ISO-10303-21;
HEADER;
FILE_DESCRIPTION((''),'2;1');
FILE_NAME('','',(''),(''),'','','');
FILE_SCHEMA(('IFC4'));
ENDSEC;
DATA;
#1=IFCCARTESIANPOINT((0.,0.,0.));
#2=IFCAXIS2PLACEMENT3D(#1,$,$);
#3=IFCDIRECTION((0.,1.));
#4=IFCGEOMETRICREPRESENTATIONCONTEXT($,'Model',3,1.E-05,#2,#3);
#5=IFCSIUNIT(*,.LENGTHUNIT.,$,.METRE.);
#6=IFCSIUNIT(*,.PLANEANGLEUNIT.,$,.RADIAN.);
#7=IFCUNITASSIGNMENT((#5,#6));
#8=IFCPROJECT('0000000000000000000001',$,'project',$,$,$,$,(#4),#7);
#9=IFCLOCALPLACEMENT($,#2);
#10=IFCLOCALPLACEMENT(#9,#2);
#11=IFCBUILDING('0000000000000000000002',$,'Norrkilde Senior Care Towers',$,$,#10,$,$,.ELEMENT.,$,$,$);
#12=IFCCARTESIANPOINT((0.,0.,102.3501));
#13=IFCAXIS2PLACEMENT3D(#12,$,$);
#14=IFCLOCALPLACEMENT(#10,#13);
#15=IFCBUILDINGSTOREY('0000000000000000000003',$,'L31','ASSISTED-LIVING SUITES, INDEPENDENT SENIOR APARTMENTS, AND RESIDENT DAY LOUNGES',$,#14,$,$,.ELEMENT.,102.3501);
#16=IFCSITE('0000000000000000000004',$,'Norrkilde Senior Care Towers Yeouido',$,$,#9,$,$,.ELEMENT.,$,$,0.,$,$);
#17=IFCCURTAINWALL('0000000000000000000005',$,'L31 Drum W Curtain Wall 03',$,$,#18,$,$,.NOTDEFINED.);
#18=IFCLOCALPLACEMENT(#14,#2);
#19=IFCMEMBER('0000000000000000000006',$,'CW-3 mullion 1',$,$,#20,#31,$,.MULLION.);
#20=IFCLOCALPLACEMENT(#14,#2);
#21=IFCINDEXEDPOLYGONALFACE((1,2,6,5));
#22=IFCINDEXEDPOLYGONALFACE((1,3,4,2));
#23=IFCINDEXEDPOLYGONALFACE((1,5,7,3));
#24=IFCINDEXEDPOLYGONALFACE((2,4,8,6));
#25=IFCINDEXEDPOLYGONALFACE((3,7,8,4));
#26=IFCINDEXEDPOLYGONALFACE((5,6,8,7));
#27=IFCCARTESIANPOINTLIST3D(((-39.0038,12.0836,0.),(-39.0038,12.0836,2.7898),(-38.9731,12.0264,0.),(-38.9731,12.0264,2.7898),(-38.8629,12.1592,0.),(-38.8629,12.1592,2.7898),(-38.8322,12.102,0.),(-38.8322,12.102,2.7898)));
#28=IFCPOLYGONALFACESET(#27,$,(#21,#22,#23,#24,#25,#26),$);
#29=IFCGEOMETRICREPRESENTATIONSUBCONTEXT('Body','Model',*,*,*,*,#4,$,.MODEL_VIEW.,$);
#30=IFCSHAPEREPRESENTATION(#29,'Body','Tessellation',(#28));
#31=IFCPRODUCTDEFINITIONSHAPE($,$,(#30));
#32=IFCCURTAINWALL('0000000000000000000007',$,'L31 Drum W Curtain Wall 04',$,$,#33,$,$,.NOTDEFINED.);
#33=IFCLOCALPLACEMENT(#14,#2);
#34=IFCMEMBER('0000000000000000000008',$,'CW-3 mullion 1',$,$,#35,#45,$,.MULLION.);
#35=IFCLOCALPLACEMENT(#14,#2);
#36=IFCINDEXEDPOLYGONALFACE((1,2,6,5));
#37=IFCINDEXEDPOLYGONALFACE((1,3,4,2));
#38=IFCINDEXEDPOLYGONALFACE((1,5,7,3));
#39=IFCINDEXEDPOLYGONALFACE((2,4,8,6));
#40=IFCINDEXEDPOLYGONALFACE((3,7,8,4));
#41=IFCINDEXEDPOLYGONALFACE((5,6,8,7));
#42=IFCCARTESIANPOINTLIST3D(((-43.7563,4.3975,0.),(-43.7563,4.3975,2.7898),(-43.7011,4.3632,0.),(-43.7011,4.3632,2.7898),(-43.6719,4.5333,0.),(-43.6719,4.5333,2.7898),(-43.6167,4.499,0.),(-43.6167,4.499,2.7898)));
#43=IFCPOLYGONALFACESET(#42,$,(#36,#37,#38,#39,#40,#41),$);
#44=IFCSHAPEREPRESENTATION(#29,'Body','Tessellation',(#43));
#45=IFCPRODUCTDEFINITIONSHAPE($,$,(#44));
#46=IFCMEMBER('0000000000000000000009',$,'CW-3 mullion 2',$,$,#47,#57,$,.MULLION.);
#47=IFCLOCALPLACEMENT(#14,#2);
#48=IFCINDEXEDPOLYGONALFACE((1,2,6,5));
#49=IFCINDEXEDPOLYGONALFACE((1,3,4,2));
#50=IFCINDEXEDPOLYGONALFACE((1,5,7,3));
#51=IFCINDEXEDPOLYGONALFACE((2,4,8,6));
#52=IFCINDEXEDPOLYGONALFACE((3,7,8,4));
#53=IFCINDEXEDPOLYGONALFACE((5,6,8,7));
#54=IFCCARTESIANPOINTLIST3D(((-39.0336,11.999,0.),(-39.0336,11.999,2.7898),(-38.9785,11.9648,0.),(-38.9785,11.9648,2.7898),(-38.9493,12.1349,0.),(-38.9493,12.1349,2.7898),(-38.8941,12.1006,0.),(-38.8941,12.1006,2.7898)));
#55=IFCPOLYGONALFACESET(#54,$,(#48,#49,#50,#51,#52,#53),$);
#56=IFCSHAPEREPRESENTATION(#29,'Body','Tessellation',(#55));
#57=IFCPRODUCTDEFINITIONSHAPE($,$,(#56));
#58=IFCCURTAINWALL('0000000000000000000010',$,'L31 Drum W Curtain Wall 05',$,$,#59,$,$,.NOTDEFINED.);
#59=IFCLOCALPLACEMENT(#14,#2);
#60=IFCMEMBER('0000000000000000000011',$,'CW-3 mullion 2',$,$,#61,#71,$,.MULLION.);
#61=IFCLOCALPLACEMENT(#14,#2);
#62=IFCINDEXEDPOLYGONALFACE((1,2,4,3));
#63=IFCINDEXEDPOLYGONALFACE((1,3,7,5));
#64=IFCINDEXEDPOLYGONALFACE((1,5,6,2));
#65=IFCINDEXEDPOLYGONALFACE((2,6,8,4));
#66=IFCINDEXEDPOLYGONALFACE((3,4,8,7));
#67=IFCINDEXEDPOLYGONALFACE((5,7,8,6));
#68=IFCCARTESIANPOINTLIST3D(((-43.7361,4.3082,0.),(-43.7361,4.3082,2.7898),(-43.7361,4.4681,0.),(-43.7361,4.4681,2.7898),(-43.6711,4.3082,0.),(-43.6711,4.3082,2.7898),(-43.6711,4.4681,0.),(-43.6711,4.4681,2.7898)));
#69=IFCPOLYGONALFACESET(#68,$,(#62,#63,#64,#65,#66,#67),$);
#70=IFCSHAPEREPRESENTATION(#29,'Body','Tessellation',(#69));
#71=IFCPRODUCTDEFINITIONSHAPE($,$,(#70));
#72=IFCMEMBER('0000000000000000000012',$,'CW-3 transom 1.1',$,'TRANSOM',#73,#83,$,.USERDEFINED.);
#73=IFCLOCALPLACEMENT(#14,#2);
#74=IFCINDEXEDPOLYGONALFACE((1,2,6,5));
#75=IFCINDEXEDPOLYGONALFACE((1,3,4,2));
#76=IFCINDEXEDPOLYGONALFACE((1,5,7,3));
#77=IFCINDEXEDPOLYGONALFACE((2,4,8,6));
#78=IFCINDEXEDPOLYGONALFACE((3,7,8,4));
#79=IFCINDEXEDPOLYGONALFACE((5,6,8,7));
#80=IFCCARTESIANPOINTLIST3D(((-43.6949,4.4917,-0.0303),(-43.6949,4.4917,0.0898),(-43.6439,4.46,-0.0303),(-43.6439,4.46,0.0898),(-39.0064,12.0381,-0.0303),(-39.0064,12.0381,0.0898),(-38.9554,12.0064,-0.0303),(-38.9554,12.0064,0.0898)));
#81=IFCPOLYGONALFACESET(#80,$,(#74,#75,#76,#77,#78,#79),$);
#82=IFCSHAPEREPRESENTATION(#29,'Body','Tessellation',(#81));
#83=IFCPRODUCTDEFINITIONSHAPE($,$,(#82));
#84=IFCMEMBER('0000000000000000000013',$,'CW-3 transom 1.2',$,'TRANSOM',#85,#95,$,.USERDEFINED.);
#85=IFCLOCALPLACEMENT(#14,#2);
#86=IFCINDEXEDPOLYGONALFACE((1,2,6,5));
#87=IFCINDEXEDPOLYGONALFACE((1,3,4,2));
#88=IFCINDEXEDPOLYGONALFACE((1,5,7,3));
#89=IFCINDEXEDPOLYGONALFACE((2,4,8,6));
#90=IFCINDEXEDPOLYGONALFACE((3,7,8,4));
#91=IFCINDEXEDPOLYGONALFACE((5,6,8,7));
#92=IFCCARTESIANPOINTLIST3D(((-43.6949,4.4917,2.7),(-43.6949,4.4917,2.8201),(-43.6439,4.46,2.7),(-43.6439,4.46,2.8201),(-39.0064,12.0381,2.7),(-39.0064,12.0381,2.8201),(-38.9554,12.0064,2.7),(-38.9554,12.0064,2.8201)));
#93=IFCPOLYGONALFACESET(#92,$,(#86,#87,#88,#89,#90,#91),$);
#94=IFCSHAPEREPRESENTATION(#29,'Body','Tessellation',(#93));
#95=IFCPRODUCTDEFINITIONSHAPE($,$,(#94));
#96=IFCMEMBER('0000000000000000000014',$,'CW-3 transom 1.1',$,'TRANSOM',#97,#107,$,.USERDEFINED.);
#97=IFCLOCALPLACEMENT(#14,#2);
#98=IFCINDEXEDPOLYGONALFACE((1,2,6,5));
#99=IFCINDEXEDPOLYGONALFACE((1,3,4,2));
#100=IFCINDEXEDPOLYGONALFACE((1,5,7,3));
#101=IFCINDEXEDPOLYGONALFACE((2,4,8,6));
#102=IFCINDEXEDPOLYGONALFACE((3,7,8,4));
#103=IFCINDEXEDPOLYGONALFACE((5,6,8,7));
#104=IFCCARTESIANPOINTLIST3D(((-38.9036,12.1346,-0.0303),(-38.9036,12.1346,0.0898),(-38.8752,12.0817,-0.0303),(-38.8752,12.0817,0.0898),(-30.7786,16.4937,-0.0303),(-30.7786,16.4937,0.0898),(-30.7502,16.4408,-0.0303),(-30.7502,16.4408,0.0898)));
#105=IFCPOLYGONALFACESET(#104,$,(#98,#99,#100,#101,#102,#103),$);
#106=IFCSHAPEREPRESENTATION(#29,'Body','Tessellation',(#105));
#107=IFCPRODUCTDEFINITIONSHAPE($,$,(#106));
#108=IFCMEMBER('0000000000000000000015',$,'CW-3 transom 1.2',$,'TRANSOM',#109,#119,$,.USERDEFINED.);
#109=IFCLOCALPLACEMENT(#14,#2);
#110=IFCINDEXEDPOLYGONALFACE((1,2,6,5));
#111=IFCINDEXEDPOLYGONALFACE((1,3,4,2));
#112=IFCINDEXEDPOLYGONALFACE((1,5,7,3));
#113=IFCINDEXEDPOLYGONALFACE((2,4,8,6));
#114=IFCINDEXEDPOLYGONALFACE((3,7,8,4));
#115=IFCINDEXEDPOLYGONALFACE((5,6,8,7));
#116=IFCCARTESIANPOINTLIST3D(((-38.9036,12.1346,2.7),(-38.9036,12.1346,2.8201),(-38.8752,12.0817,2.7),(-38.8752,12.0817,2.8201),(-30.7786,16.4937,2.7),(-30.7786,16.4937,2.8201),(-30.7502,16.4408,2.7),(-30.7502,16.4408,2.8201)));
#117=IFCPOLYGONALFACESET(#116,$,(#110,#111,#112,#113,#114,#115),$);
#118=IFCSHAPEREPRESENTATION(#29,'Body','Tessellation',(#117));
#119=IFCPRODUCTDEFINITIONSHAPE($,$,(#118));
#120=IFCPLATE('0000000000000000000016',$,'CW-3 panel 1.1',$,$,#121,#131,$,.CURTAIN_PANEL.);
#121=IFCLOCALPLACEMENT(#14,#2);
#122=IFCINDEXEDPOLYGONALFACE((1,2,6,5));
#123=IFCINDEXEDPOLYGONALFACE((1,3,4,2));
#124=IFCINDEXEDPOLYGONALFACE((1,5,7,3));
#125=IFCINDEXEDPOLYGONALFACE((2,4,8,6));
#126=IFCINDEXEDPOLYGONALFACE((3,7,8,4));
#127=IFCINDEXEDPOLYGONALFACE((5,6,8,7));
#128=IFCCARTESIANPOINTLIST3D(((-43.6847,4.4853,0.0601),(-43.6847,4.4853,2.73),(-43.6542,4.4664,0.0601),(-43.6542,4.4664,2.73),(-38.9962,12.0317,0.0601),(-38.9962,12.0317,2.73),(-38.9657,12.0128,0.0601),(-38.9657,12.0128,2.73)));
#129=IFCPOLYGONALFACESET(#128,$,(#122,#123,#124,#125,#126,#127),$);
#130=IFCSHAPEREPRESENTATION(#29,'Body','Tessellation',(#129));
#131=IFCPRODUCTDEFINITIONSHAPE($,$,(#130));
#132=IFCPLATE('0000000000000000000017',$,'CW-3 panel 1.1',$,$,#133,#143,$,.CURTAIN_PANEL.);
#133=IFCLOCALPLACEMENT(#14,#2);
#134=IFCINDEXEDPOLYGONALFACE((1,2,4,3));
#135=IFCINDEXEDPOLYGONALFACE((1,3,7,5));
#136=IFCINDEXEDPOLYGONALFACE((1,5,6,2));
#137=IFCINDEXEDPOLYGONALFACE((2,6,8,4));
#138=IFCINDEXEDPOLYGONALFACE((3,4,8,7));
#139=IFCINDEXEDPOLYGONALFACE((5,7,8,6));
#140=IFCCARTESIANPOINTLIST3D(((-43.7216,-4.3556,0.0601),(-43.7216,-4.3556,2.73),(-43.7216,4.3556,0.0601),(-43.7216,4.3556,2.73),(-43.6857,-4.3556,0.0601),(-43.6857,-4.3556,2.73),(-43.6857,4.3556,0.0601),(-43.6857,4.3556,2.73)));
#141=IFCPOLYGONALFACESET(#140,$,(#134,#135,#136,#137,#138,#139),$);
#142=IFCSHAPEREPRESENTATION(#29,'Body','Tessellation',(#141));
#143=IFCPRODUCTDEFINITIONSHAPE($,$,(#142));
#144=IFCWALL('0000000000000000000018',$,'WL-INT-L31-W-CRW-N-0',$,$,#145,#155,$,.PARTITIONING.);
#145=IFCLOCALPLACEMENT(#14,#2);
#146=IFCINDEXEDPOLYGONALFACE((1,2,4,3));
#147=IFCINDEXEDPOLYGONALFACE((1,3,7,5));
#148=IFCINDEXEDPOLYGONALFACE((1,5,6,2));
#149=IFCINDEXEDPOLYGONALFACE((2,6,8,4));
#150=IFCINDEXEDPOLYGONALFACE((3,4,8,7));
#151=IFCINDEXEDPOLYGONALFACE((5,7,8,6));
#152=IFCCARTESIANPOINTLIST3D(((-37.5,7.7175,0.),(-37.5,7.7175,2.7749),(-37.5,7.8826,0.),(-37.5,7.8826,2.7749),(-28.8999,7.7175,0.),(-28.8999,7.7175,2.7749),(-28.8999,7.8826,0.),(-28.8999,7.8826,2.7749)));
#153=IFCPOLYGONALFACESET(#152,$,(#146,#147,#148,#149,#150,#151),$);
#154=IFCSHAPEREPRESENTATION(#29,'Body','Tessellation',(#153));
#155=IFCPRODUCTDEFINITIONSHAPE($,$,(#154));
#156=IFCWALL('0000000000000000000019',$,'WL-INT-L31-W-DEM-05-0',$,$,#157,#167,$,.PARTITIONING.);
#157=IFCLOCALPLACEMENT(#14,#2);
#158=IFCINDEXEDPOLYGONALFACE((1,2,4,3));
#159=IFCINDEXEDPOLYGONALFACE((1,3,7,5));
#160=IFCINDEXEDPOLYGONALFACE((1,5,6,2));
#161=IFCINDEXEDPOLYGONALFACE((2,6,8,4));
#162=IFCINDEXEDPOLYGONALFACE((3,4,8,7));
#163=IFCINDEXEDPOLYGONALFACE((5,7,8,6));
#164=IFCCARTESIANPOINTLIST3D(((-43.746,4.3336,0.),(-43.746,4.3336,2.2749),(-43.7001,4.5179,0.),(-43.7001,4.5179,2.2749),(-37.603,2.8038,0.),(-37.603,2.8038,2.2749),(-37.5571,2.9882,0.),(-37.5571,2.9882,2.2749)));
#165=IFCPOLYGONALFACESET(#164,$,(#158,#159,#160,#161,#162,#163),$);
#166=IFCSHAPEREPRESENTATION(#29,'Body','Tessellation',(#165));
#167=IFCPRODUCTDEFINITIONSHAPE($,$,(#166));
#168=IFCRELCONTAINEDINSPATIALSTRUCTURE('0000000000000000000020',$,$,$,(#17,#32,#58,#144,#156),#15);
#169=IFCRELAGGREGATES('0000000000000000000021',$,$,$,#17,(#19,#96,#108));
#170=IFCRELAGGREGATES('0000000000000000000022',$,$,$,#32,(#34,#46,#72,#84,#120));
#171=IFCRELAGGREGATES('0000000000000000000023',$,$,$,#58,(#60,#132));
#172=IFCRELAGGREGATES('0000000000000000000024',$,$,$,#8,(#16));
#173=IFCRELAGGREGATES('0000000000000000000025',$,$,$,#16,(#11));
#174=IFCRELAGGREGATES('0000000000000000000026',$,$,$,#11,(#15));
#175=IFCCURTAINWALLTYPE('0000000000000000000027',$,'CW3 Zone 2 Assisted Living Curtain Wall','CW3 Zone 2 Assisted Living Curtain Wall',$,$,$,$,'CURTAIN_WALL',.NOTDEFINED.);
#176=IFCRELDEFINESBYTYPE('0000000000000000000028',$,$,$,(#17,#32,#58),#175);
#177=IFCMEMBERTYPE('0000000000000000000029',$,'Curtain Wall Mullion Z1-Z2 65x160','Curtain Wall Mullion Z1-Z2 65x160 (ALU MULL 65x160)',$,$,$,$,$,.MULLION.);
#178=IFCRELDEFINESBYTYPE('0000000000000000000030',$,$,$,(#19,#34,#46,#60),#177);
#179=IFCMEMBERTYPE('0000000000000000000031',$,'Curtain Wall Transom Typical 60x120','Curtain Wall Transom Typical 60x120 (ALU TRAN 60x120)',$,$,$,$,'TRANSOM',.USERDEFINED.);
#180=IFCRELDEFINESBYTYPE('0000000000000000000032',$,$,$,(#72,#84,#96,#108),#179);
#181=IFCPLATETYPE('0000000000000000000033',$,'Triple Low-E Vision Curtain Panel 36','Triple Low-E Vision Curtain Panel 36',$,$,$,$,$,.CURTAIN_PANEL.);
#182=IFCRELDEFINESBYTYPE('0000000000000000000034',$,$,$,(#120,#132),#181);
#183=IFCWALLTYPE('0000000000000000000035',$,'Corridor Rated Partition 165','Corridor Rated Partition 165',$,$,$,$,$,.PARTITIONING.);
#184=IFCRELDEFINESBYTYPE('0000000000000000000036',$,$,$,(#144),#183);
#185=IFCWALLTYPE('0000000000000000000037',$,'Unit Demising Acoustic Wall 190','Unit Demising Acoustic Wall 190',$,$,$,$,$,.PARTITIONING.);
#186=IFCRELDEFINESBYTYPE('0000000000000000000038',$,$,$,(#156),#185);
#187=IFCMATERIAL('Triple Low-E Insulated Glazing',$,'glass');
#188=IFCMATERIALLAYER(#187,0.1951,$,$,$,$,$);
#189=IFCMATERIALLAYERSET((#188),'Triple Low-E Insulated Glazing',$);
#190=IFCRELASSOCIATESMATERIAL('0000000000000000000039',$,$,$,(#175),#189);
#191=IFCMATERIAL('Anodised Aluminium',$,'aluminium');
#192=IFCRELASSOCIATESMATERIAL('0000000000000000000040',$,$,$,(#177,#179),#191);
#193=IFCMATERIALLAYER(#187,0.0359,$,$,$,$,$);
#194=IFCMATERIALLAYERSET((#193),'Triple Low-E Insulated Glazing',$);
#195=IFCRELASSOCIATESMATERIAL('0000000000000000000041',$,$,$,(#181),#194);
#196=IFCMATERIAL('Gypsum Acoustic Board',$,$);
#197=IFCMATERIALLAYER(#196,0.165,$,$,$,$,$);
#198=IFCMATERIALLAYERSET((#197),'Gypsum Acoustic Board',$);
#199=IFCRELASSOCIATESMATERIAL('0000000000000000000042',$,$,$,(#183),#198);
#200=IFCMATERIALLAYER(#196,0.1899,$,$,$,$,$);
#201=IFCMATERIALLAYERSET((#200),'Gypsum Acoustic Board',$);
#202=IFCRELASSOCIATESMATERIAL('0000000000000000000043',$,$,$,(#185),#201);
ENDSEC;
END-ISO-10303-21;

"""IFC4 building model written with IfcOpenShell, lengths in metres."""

from ifc_helpers import new_model, si_unit, direction, frame, frame_2d, origin, origin_2d, place, context, subcontext, project, spatial, rectangle, extrude, source, transform, mapped, material, layer, layer_set, material_profile, profile_set, type_object, type_shapes, element, aggregate, save


model = new_model("IFC4")

# Units and contexts
model_context = context("Model", 3, precision=1e-05, world=origin(), true_north=direction((0.0, 1.0)))
body_context = subcontext(model_context, "Body", "Model", "MODEL_VIEW")
ifc_project = project(units=[si_unit("LENGTHUNIT", "METRE"), si_unit("PLANEANGLEUNIT", "RADIAN")], contexts=[model_context])

# Site, building, storey
site_placement = place(None, origin())
site = spatial("IfcSite", under=ifc_project, at=site_placement, Name="Norrkilde Senior Care Towers Yeouido", CompositionType="ELEMENT", RefElevation=0.0)
building_placement = place(site_placement, origin())
building = spatial("IfcBuilding", under=site, at=building_placement, Name="Norrkilde Senior Care Towers", CompositionType="ELEMENT")
storey_placement = place(building_placement, frame((0.0, 0.0, 102.3501)))
storey = spatial("IfcBuildingStorey", under=building, at=storey_placement, Name="L31", Description="ASSISTED-LIVING SUITES, INDEPENDENT SENIOR APARTMENTS, AND RESIDENT DAY LOUNGES", CompositionType="ELEMENT", Elevation=102.3501)

# Curtain wall, member
ifc_material_1 = material(Name="Triple Low-E Insulated Glazing", Category="glass")
ifc_layer_1 = layer(ifc_material_1, 0.1951)
ifc_layer_set_1 = layer_set([ifc_layer_1], Name="Triple Low-E Insulated Glazing")
curtain_wall_type = type_object("IfcCurtainWallType", Name="CW3 Zone 2 Assisted Living Curtain Wall", Description="CW3 Zone 2 Assisted Living Curtain Wall", ElementType="CURTAIN_WALL", PredefinedType="NOTDEFINED", material=ifc_layer_set_1)
curtain_wall_1_placement = place(storey_placement, origin())
curtain_wall_1 = element("IfcCurtainWall", 1, at=curtain_wall_1_placement, inside=storey, type_object=curtain_wall_type, Name="L31 Drum W Curtain Wall 03", PredefinedType="NOTDEFINED")
ifc_material_2 = material(Name="Anodised Aluminium", Category="aluminium")
ifc_material_profile_1 = material_profile(ifc_material_2, rectangle(XDim=0.0649, YDim=0.1599, at=origin_2d()), Name="ALU MULL 65x160")
ifc_profile_set_1 = profile_set([ifc_material_profile_1], Name="Anodised Aluminium")
member_type_1 = type_object("IfcMemberType", Name="Curtain Wall Mullion Z1-Z2 65x160", Description="Curtain Wall Mullion Z1-Z2 65x160 (ALU MULL 65x160)", PredefinedType="MULLION", material=ifc_profile_set_1)
shared_shape_1 = source(origin(), body_context, "Body", "SweptSolid", [
    extrude(rectangle(XDim=0.0649, YDim=0.1599, at=origin_2d()), origin(), (0.0, 0.0, 1.0), 2.7898),
])
type_shapes(member_type_1, [shared_shape_1])
member_1_placement = place(storey_placement, frame((-38.918, 12.0928, 0.0), z_axis=(0.0, 0.0, 1.0), x_axis=(-0.472769, 0.881186, 0.0)))
member_1 = element("IfcMember", 2, at=member_1_placement, type_object=member_type_1, Name="CW-3 mullion 1", PredefinedType="MULLION", context=body_context, shape_type="MappedRepresentation", body=[
    mapped(shared_shape_1, transform((0.0, 0.0, 0.0), x_axis=(1.0, 0.0, 0.0), y_axis=(0.0, 1.0, 0.0), z_axis=(0.0, 0.0, 1.0), scale=1.0)),
])

# Curtain wall, members
curtain_wall_2_placement = place(storey_placement, origin())
curtain_wall_2 = element("IfcCurtainWall", 3, at=curtain_wall_2_placement, inside=storey, type_object=curtain_wall_type, Name="L31 Drum W Curtain Wall 04", PredefinedType="NOTDEFINED")
member_2_placement = place(storey_placement, frame((-43.6865, 4.4482, 0.0), z_axis=(0.0, 0.0, 1.0), x_axis=(-0.84941, 0.527733, 0.0)))
member_2 = element("IfcMember", 4, at=member_2_placement, type_object=member_type_1, Name="CW-3 mullion 1", PredefinedType="MULLION", context=body_context, shape_type="MappedRepresentation", body=[
    mapped(shared_shape_1, transform((0.0, 0.0, 0.0), x_axis=(1.0, 0.0, 0.0), y_axis=(0.0, 1.0, 0.0), z_axis=(0.0, 0.0, 1.0), scale=1.0)),
])
member_3_placement = place(storey_placement, frame((-38.9639, 12.0498, 0.0), z_axis=(0.0, 0.0, 1.0), x_axis=(-0.84941, 0.527733, 0.0)))
member_3 = element("IfcMember", 5, at=member_3_placement, type_object=member_type_1, Name="CW-3 mullion 2", PredefinedType="MULLION", context=body_context, shape_type="MappedRepresentation", body=[
    mapped(shared_shape_1, transform((0.0, 0.0, 0.0), x_axis=(1.0, 0.0, 0.0), y_axis=(0.0, 1.0, 0.0), z_axis=(0.0, 0.0, 1.0), scale=1.0)),
])

# Curtain wall, member
curtain_wall_3_placement = place(storey_placement, origin())
curtain_wall_3 = element("IfcCurtainWall", 6, at=curtain_wall_3_placement, inside=storey, type_object=curtain_wall_type, Name="L31 Drum W Curtain Wall 05", PredefinedType="NOTDEFINED")
member_4_placement = place(storey_placement, frame((-43.7036, 4.3882, 0.0), z_axis=(0.0, 0.0, 1.0), x_axis=(-1.0, 0.0, 0.0)))
member_4 = element("IfcMember", 7, at=member_4_placement, type_object=member_type_1, Name="CW-3 mullion 2", PredefinedType="MULLION", context=body_context, shape_type="MappedRepresentation", body=[
    mapped(shared_shape_1, transform((0.0, 0.0, 0.0), x_axis=(1.0, 0.0, 0.0), y_axis=(0.0, 1.0, 0.0), z_axis=(0.0, 0.0, 1.0), scale=1.0)),
])

# Members
ifc_material_profile_2 = material_profile(ifc_material_2, rectangle(XDim=0.0601, YDim=0.1201, at=origin_2d()), Name="ALU TRAN 60x120")
ifc_profile_set_2 = profile_set([ifc_material_profile_2], Name="Anodised Aluminium")
member_type_2 = type_object("IfcMemberType", Name="Curtain Wall Transom Typical 60x120", Description="Curtain Wall Transom Typical 60x120 (ALU TRAN 60x120)", ElementType="TRANSOM", PredefinedType="USERDEFINED", material=ifc_profile_set_2)
shared_shape_2 = source(origin(), body_context, "Body", "SweptSolid", [
    extrude(rectangle(XDim=0.0601, YDim=0.1201, at=origin_2d()), origin(), (0.0, 0.0, 1.0), 8.8843),
])
member_5_placement = place(storey_placement, frame((-43.6694, 4.4758, 0.0298), z_axis=(0.527729, 0.849413, 0.0), x_axis=(-0.849413, 0.527729, 0.0)))
member_5 = element("IfcMember", 8, at=member_5_placement, type_object=member_type_2, Name="CW-3 transom 1.1", ObjectType="TRANSOM", PredefinedType="USERDEFINED", context=body_context, shape_type="MappedRepresentation", body=[
    mapped(shared_shape_2, transform((0.0, 0.0, 0.0), x_axis=(1.0, 0.0, 0.0), y_axis=(0.0, 1.0, 0.0), z_axis=(0.0, 0.0, 1.0), scale=1.0)),
])
member_6_placement = place(storey_placement, frame((-43.6694, 4.4758, 2.76), z_axis=(0.527729, 0.849413, 0.0), x_axis=(-0.849413, 0.527729, 0.0)))
member_6 = element("IfcMember", 9, at=member_6_placement, type_object=member_type_2, Name="CW-3 transom 1.2", ObjectType="TRANSOM", PredefinedType="USERDEFINED", context=body_context, shape_type="MappedRepresentation", body=[
    mapped(shared_shape_2, transform((0.0, 0.0, 0.0), x_axis=(1.0, 0.0, 0.0), y_axis=(0.0, 1.0, 0.0), z_axis=(0.0, 0.0, 1.0), scale=1.0)),
])
shared_shape_3 = source(origin(), body_context, "Body", "SweptSolid", [
    extrude(rectangle(XDim=0.0601, YDim=0.1201, at=origin_2d()), origin(), (0.0, 0.0, 1.0), 9.2205),
])
type_shapes(member_type_2, [shared_shape_2, shared_shape_3])
member_7_placement = place(storey_placement, frame((-38.8894, 12.1082, 0.0298), z_axis=(0.881189, 0.472765, 0.0), x_axis=(-0.472765, 0.881189, 0.0)))
member_7 = element("IfcMember", 10, at=member_7_placement, type_object=member_type_2, Name="CW-3 transom 1.1", ObjectType="TRANSOM", PredefinedType="USERDEFINED", context=body_context, shape_type="MappedRepresentation", body=[
    mapped(shared_shape_3, transform((0.0, 0.0, 0.0), x_axis=(1.0, 0.0, 0.0), y_axis=(0.0, 1.0, 0.0), z_axis=(0.0, 0.0, 1.0), scale=1.0)),
])
member_8_placement = place(storey_placement, frame((-38.8894, 12.1082, 2.76), z_axis=(0.881189, 0.472765, 0.0), x_axis=(-0.472765, 0.881189, 0.0)))
member_8 = element("IfcMember", 11, at=member_8_placement, type_object=member_type_2, Name="CW-3 transom 1.2", ObjectType="TRANSOM", PredefinedType="USERDEFINED", context=body_context, shape_type="MappedRepresentation", body=[
    mapped(shared_shape_3, transform((0.0, 0.0, 0.0), x_axis=(1.0, 0.0, 0.0), y_axis=(0.0, 1.0, 0.0), z_axis=(0.0, 0.0, 1.0), scale=1.0)),
])
aggregate(curtain_wall_1, [member_1, member_7, member_8])

# Plates
ifc_layer_2 = layer(ifc_material_1, 0.0359)
ifc_layer_set_2 = layer_set([ifc_layer_2], Name="Triple Low-E Insulated Glazing")
plate_type = type_object("IfcPlateType", Name="Triple Low-E Vision Curtain Panel 36", Description="Triple Low-E Vision Curtain Panel 36", PredefinedType="CURTAIN_PANEL", material=ifc_layer_set_2)
shared_shape_4 = source(origin(), body_context, "Body", "SweptSolid", [
    extrude(rectangle(XDim=8.8843, YDim=0.0359, at=origin_2d()), origin(), (0.0, 0.0, 1.0), 2.6699),
])
plate_1_placement = place(storey_placement, frame((-41.3252, 8.249, 0.0601), z_axis=(0.0, 0.0, 1.0), x_axis=(0.527733, 0.84941, 0.0)))
plate_1 = element("IfcPlate", 12, at=plate_1_placement, type_object=plate_type, Name="CW-3 panel 1.1", PredefinedType="CURTAIN_PANEL", context=body_context, shape_type="MappedRepresentation", body=[
    mapped(shared_shape_4, transform((0.0, 0.0, 0.0), x_axis=(1.0, 0.0, 0.0), y_axis=(0.0, 1.0, 0.0), z_axis=(0.0, 0.0, 1.0), scale=1.0)),
])
aggregate(curtain_wall_2, [member_2, member_3, member_5, member_6, plate_1])
shared_shape_5 = source(origin(), body_context, "Body", "SweptSolid", [
    extrude(rectangle(XDim=8.7112, YDim=0.0359, at=origin_2d()), origin(), (0.0, 0.0, 1.0), 2.6699),
])
type_shapes(plate_type, [shared_shape_4, shared_shape_5])
plate_2_placement = place(storey_placement, frame((-43.7036, 0.0, 0.0601), z_axis=(0.0, 0.0, 1.0), x_axis=(0.0, 1.0, 0.0)))
plate_2 = element("IfcPlate", 13, at=plate_2_placement, type_object=plate_type, Name="CW-3 panel 1.1", PredefinedType="CURTAIN_PANEL", context=body_context, shape_type="MappedRepresentation", body=[
    mapped(shared_shape_5, transform((0.0, 0.0, 0.0), x_axis=(1.0, 0.0, 0.0), y_axis=(0.0, 1.0, 0.0), z_axis=(0.0, 0.0, 1.0), scale=1.0)),
])
aggregate(curtain_wall_3, [member_4, plate_2])

# Walls
ifc_material_3 = material(Name="Gypsum Acoustic Board")
ifc_layer_3 = layer(ifc_material_3, 0.165)
ifc_layer_set_3 = layer_set([ifc_layer_3], Name="Gypsum Acoustic Board")
wall_type_1 = type_object("IfcWallType", Name="Corridor Rated Partition 165", Description="Corridor Rated Partition 165", PredefinedType="PARTITIONING", material=ifc_layer_set_3)
shared_shape_6 = source(origin(), body_context, "Body", "SweptSolid", [
    extrude(rectangle(XDim=8.6001, YDim=0.165, at=frame_2d((4.3, 0.0))), origin(), (0.0, 0.0, 1.0), 2.7749),
])
type_shapes(wall_type_1, [shared_shape_6])
wall_1_placement = place(storey_placement, frame((-37.5, 7.8, 0.0), z_axis=(0.0, 0.0, 1.0), x_axis=(1.0, 0.0, 0.0)))
element("IfcWall", 14, at=wall_1_placement, inside=storey, type_object=wall_type_1, Name="WL-INT-L31-W-CRW-N-0", PredefinedType="PARTITIONING", context=body_context, shape_type="MappedRepresentation", body=[
    mapped(shared_shape_6, transform((0.0, 0.0, 0.0), x_axis=(1.0, 0.0, 0.0), y_axis=(0.0, 1.0, 0.0), z_axis=(0.0, 0.0, 1.0), scale=1.0)),
])
ifc_layer_4 = layer(ifc_material_3, 0.1899)
ifc_layer_set_4 = layer_set([ifc_layer_4], Name="Gypsum Acoustic Board")
wall_type_2 = type_object("IfcWallType", Name="Unit Demising Acoustic Wall 190", Description="Unit Demising Acoustic Wall 190", PredefinedType="PARTITIONING", material=ifc_layer_set_4)
shared_shape_7 = source(origin(), body_context, "Body", "SweptSolid", [
    extrude(rectangle(XDim=6.3306, YDim=0.1899, at=frame_2d((3.1653, 0.0))), origin(), (0.0, 0.0, 1.0), 2.2749),
])
wall_2_placement = place(storey_placement, frame((-37.5801, 2.896, 0.0), z_axis=(0.0, 0.0, 1.0), x_axis=(-0.970364, 0.241646, 0.0)))
element("IfcWall", 15, at=wall_2_placement, inside=storey, type_object=wall_type_2, Name="WL-INT-L31-W-DEM-05-0", PredefinedType="PARTITIONING", context=body_context, shape_type="MappedRepresentation", body=[
    mapped(shared_shape_7, transform((0.0, 0.0, 0.0), x_axis=(1.0, 0.0, 0.0), y_axis=(0.0, 1.0, 0.0), z_axis=(0.0, 0.0, 1.0), scale=1.0)),
])

save(model, "model.ifc")
